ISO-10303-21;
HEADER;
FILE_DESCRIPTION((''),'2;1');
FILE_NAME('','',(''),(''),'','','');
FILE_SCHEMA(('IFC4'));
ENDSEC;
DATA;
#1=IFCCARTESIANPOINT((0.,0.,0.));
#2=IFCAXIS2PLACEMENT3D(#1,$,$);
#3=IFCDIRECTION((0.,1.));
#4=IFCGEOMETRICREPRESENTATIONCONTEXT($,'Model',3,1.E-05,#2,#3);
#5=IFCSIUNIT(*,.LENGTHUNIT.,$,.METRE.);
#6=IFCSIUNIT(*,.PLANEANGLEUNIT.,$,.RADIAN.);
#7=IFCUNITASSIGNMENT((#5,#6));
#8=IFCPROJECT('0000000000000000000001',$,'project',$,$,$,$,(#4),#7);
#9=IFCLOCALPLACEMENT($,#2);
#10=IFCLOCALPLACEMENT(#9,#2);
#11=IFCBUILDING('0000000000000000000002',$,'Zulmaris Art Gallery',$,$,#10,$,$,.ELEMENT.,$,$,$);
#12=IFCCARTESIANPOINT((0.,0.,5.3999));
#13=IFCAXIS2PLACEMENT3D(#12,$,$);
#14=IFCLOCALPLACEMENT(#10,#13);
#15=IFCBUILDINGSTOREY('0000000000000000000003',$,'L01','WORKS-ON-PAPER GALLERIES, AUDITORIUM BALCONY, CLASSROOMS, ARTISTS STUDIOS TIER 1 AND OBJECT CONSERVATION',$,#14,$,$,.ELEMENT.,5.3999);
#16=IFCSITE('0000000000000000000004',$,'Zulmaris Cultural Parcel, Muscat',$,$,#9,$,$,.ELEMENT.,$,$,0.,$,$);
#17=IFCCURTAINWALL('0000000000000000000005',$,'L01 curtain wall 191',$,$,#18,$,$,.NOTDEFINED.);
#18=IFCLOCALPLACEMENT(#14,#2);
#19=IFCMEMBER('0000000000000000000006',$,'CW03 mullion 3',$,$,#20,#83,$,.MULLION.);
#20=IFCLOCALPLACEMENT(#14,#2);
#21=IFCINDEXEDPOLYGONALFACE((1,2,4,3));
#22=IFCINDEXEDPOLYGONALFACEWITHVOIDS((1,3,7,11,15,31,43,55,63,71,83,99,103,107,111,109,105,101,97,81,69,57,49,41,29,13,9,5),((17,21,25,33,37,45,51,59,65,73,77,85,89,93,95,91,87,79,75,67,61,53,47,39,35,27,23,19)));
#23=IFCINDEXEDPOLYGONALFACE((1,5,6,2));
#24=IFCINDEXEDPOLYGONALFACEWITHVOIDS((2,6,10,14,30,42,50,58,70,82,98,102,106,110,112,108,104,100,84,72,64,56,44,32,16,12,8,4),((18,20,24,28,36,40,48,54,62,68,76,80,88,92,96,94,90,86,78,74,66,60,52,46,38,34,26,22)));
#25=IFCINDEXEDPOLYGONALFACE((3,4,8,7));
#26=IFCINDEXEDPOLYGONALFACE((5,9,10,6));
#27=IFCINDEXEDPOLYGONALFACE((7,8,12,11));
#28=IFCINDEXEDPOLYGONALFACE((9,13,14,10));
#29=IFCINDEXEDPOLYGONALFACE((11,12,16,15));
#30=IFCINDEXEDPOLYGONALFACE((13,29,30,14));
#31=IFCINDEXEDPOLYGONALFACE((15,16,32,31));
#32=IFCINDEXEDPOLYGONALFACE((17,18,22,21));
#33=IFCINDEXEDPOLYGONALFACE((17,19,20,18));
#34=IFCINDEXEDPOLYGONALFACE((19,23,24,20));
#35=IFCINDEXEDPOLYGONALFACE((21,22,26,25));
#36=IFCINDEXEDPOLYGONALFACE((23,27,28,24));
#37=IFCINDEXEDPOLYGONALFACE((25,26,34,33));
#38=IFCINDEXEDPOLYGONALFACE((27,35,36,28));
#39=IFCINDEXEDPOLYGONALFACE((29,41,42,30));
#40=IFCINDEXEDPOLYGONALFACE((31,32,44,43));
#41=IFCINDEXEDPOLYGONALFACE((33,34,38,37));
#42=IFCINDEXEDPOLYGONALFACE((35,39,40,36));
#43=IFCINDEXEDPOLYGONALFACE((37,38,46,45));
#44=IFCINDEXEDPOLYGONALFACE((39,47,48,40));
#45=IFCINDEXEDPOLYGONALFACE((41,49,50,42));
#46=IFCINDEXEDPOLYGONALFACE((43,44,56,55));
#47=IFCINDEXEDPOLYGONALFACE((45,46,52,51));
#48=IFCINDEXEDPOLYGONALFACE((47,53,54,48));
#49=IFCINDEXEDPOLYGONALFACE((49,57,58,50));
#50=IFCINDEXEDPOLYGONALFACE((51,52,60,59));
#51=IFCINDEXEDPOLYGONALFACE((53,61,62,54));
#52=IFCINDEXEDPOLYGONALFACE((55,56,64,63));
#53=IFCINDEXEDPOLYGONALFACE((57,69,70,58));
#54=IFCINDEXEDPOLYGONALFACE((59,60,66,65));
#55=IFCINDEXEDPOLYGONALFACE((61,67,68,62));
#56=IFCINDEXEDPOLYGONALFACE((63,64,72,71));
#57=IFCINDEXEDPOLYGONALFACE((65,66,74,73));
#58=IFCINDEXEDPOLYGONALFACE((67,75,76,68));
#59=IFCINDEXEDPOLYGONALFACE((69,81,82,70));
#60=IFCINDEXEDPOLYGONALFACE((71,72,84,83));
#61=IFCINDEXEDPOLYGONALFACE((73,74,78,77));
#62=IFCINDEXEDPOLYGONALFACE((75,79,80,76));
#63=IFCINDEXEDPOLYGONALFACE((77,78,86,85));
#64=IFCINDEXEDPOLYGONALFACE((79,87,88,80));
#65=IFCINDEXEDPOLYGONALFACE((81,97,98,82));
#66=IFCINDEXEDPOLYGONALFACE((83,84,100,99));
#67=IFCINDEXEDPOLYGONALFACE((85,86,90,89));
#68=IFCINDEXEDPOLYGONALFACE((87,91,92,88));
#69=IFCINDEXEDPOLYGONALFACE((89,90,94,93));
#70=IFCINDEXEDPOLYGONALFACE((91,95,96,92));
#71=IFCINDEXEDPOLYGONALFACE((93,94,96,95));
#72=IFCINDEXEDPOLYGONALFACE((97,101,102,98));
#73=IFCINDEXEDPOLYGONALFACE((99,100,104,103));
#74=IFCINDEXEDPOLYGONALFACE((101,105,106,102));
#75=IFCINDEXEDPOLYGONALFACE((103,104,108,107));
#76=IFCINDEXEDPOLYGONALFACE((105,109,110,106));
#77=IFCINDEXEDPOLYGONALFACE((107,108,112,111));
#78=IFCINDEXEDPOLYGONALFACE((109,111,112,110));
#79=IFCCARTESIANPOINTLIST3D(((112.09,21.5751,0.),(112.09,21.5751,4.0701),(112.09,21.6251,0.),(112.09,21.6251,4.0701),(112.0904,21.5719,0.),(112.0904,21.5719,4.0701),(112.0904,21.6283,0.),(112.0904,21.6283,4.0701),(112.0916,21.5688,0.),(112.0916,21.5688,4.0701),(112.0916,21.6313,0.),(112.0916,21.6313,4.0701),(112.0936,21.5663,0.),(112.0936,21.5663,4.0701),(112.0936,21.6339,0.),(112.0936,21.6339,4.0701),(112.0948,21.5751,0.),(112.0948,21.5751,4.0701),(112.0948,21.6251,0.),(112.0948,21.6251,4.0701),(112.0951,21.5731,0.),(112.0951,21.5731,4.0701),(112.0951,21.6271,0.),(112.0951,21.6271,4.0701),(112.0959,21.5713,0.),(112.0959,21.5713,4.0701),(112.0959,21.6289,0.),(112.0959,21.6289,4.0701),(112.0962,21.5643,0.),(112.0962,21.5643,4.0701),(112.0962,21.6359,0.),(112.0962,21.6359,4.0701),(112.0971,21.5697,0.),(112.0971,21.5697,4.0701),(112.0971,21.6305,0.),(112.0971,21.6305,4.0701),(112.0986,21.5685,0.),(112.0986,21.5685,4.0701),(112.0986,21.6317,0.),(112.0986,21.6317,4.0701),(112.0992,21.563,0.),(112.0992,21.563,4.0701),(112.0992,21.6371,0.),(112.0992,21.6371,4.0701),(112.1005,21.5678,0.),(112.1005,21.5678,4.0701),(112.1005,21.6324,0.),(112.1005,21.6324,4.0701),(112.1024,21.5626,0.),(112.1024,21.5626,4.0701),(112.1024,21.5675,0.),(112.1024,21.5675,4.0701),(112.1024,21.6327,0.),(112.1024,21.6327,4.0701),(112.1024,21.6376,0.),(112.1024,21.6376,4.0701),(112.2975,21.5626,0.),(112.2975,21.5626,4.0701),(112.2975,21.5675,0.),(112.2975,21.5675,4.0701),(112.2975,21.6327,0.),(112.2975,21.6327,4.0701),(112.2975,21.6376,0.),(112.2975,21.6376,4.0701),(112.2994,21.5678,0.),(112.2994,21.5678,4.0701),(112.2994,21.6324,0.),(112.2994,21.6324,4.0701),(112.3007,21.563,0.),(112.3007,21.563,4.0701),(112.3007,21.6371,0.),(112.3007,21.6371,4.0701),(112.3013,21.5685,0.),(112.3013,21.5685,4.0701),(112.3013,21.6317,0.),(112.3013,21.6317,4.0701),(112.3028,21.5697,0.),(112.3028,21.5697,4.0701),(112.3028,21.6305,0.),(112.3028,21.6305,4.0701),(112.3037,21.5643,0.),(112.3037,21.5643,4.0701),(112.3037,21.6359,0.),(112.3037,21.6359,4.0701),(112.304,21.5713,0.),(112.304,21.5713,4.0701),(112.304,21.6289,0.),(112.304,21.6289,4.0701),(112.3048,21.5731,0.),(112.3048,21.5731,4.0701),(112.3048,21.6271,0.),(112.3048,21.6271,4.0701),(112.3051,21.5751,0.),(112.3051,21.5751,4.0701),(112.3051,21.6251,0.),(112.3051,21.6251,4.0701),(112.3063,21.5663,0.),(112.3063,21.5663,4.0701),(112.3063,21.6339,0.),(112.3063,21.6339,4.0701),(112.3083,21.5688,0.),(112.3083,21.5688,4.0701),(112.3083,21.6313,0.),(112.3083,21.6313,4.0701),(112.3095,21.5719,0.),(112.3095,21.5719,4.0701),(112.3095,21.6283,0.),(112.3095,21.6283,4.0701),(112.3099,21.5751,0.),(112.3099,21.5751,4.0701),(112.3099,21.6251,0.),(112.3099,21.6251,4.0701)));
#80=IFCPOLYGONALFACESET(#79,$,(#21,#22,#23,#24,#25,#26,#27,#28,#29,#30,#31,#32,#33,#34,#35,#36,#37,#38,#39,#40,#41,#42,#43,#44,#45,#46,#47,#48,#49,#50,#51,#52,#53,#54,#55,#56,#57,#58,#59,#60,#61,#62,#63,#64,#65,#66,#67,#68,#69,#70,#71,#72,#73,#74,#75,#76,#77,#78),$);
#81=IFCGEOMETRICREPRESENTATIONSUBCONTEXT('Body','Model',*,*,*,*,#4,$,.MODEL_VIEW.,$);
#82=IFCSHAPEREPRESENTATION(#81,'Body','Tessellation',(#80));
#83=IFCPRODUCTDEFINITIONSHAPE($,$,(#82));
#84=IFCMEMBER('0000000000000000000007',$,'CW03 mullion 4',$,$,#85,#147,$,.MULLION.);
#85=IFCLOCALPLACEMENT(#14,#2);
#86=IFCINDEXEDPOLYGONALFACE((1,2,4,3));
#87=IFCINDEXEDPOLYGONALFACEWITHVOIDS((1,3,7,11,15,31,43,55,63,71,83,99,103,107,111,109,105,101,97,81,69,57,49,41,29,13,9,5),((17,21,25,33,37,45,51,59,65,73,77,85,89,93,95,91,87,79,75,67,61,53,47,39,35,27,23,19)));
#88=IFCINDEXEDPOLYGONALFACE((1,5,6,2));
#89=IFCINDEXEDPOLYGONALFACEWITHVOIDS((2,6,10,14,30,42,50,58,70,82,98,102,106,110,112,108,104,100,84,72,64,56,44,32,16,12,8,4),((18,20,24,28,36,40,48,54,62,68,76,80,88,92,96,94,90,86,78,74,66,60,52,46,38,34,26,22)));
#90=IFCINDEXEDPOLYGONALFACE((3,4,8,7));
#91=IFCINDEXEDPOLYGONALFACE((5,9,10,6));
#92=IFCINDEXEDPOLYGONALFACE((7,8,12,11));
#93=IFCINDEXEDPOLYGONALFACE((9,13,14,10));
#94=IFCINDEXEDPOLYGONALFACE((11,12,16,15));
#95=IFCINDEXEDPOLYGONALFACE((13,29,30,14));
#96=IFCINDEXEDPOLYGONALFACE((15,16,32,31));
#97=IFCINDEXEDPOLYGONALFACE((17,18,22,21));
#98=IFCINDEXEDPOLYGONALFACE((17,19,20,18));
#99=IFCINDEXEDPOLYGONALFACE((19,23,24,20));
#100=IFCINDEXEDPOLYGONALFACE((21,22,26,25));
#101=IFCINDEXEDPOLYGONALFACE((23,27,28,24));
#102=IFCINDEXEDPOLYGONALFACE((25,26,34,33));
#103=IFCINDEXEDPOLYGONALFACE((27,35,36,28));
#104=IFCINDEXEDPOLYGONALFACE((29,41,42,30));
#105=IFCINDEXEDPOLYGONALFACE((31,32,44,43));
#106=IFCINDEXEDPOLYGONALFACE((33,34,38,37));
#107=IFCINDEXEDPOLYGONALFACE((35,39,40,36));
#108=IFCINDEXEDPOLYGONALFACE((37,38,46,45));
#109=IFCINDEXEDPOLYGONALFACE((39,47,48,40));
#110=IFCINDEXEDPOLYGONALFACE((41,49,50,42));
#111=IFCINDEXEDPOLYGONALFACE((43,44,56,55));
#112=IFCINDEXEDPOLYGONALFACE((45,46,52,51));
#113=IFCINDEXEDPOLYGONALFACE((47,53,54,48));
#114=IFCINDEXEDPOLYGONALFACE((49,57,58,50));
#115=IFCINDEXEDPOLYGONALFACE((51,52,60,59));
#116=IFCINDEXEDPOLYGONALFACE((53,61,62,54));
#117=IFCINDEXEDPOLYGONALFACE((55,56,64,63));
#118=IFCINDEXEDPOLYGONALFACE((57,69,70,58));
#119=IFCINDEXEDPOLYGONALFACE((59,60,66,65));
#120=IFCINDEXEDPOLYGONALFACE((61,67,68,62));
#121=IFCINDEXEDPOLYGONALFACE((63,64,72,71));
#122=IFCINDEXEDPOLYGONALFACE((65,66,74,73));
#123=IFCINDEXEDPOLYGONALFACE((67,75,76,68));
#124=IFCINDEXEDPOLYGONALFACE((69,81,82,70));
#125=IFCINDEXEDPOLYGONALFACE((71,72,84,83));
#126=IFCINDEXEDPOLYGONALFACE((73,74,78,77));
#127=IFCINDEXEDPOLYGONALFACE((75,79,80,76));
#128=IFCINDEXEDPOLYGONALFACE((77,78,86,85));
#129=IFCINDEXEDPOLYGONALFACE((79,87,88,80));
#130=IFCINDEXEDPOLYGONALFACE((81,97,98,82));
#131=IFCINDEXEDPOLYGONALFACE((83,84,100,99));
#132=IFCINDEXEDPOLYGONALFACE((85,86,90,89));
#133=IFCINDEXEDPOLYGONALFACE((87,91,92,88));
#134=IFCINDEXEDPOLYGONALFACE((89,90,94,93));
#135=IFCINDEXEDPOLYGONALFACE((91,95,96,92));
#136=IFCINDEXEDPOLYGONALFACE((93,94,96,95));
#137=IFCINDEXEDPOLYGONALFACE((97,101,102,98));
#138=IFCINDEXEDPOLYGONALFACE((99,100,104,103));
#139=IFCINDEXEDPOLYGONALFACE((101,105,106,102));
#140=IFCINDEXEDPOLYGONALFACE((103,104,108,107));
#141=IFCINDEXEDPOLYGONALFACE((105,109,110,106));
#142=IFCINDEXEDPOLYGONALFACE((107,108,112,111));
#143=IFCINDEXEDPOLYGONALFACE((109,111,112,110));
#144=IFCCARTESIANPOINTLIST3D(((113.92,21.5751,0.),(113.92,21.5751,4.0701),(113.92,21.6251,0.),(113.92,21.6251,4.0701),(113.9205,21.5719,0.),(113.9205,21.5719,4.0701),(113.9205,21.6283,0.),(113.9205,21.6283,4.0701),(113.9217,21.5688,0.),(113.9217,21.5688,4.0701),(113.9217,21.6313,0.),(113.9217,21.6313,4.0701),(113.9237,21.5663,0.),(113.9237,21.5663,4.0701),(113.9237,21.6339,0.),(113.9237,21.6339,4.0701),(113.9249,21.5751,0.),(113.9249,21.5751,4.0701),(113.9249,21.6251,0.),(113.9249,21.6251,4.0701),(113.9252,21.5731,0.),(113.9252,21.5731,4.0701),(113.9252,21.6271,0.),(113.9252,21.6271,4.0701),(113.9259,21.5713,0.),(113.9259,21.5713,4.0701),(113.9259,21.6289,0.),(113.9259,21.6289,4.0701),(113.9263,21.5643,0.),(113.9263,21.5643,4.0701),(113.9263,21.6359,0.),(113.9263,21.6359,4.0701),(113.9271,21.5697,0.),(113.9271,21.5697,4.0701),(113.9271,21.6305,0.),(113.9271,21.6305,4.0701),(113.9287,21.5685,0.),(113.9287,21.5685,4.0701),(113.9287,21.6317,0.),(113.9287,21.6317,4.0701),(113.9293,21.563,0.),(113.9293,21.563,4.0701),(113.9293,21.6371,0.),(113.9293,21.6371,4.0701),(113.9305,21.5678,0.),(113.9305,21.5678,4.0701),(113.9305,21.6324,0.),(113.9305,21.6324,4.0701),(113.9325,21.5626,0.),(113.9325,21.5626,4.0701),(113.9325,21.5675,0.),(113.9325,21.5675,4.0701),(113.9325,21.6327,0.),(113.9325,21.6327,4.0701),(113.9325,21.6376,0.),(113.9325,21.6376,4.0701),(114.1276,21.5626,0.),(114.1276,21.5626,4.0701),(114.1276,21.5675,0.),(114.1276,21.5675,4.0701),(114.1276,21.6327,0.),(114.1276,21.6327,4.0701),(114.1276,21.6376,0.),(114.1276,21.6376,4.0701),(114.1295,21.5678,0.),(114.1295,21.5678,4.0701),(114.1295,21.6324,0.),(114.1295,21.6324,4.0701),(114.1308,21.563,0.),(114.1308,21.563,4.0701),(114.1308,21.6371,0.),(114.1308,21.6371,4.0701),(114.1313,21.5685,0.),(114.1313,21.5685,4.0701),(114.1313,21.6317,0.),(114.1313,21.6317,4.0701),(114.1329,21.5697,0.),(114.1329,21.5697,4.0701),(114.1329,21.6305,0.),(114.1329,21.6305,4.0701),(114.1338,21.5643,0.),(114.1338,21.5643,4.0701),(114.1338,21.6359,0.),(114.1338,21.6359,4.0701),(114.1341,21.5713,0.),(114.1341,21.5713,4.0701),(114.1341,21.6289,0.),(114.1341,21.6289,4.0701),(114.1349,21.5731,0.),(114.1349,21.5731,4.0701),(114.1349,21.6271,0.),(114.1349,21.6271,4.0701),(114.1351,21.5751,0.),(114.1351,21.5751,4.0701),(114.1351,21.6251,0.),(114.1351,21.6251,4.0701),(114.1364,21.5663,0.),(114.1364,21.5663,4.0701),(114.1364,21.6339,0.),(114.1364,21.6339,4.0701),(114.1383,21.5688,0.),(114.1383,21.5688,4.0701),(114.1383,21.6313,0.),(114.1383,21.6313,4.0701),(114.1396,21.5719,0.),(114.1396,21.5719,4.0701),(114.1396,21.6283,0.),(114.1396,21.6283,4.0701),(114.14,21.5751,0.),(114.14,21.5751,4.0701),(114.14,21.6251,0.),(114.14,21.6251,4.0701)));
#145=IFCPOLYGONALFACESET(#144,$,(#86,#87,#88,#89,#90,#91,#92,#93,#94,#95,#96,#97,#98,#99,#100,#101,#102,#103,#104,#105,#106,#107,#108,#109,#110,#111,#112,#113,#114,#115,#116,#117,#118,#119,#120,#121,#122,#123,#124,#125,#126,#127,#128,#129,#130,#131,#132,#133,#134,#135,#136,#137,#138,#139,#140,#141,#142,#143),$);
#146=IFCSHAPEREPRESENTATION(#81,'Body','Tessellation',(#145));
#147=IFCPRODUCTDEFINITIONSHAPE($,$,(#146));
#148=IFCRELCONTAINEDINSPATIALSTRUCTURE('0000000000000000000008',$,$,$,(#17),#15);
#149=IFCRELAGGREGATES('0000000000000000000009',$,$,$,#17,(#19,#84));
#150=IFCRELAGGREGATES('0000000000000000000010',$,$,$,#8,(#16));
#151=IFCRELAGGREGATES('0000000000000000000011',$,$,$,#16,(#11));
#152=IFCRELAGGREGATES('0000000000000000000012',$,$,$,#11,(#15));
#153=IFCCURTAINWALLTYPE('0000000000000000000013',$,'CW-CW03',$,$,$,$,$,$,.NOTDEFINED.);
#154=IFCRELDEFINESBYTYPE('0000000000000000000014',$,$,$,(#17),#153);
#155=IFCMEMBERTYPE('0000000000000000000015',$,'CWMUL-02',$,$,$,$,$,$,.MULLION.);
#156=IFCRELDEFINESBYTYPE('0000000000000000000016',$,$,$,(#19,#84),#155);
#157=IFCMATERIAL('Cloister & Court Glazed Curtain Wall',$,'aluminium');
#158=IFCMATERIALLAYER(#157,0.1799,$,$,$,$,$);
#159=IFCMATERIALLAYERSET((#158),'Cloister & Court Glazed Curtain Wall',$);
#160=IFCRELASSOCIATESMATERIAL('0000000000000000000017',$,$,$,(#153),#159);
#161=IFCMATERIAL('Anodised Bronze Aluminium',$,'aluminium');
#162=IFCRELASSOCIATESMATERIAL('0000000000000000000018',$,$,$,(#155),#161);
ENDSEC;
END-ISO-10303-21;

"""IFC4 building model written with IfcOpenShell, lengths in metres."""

from ifc_helpers import new_model, si_unit, direction, frame, origin, origin_2d, place, context, subcontext, project, spatial, hollow_rectangle, extrude, material, layer, layer_set, material_profile, profile_set, type_object, element, aggregate, save


model = new_model("IFC4")

# Units and contexts
model_context = context("Model", 3, precision=1e-05, world=origin(), true_north=direction((0.0, 1.0)))
body_context = subcontext(model_context, "Body", "Model", "MODEL_VIEW")
ifc_project = project(units=[si_unit("LENGTHUNIT", "METRE"), si_unit("PLANEANGLEUNIT", "RADIAN")], contexts=[model_context])

# Site, building, storey
site_placement = place(None, origin())
site = spatial("IfcSite", under=ifc_project, at=site_placement, Name="Zulmaris Cultural Parcel, Muscat", CompositionType="ELEMENT", RefElevation=0.0)
building_placement = place(site_placement, origin())
building = spatial("IfcBuilding", under=site, at=building_placement, Name="Zulmaris Art Gallery", CompositionType="ELEMENT")
storey_placement = place(building_placement, frame((0.0, 0.0, 5.3999)))
storey = spatial("IfcBuildingStorey", under=building, at=storey_placement, Name="L01", Description="WORKS-ON-PAPER GALLERIES, AUDITORIUM BALCONY, CLASSROOMS, ARTISTS STUDIOS TIER 1 AND OBJECT CONSERVATION", CompositionType="ELEMENT", Elevation=5.3999)

# Shared definitions
ifc_material_1 = material(Name="Cloister & Court Glazed Curtain Wall", Category="aluminium")
ifc_layer_1 = layer(ifc_material_1, 0.1799)
ifc_layer_set_1 = layer_set([ifc_layer_1], Name="Cloister & Court Glazed Curtain Wall")
curtain_wall_type = type_object("IfcCurtainWallType", Name="CW-CW03", PredefinedType="NOTDEFINED", material=ifc_layer_set_1)
ifc_material_2 = material(Name="Anodised Bronze Aluminium", Category="aluminium")
ifc_material_profile_1 = material_profile(ifc_material_2, hollow_rectangle(XDim=0.075, YDim=0.22, WallThickness=0.0049, InnerFilletRadius=0.0076, OuterFilletRadius=0.0125, at=origin_2d()), Name="ALU 75x220x5")
ifc_profile_set_1 = profile_set([ifc_material_profile_1], Name="Anodised Bronze Aluminium")
member_type_1 = type_object("IfcMemberType", Name="CWMUL-02", PredefinedType="MULLION", material=ifc_profile_set_1)

# Curtain wall, members
curtain_wall_1_placement = place(storey_placement, origin())
curtain_wall_1 = element("IfcCurtainWall", 1, at=curtain_wall_1_placement, inside=storey, type_object=curtain_wall_type, Name="L01 curtain wall 191", PredefinedType="NOTDEFINED")
member_1_placement = place(storey_placement, frame((112.2, 21.6001, 0.0), z_axis=(0.0, 0.0, 1.0), x_axis=(0.0, 1.0, 0.0)))
member_1 = element("IfcMember", 2, at=member_1_placement, type_object=member_type_1, Name="CW03 mullion 3", PredefinedType="MULLION", context=body_context, shape_type="SweptSolid", body=[
    extrude(hollow_rectangle(XDim=0.075, YDim=0.22, WallThickness=0.0049, InnerFilletRadius=0.0076, OuterFilletRadius=0.0125, at=origin_2d()), origin(), (0.0, 0.0, 1.0), 4.0701),
])
member_2_placement = place(storey_placement, frame((114.03, 21.6001, 0.0), z_axis=(0.0, 0.0, 1.0), x_axis=(0.0, 1.0, 0.0)))
member_2 = element("IfcMember", 3, at=member_2_placement, type_object=member_type_1, Name="CW03 mullion 4", PredefinedType="MULLION", context=body_context, shape_type="SweptSolid", body=[
    extrude(hollow_rectangle(XDim=0.075, YDim=0.22, WallThickness=0.0049, InnerFilletRadius=0.0076, OuterFilletRadius=0.0125, at=origin_2d()), origin(), (0.0, 0.0, 1.0), 4.0701),
])

aggregate(curtain_wall_1, [member_1, member_2])

save(model, "model.ifc")
